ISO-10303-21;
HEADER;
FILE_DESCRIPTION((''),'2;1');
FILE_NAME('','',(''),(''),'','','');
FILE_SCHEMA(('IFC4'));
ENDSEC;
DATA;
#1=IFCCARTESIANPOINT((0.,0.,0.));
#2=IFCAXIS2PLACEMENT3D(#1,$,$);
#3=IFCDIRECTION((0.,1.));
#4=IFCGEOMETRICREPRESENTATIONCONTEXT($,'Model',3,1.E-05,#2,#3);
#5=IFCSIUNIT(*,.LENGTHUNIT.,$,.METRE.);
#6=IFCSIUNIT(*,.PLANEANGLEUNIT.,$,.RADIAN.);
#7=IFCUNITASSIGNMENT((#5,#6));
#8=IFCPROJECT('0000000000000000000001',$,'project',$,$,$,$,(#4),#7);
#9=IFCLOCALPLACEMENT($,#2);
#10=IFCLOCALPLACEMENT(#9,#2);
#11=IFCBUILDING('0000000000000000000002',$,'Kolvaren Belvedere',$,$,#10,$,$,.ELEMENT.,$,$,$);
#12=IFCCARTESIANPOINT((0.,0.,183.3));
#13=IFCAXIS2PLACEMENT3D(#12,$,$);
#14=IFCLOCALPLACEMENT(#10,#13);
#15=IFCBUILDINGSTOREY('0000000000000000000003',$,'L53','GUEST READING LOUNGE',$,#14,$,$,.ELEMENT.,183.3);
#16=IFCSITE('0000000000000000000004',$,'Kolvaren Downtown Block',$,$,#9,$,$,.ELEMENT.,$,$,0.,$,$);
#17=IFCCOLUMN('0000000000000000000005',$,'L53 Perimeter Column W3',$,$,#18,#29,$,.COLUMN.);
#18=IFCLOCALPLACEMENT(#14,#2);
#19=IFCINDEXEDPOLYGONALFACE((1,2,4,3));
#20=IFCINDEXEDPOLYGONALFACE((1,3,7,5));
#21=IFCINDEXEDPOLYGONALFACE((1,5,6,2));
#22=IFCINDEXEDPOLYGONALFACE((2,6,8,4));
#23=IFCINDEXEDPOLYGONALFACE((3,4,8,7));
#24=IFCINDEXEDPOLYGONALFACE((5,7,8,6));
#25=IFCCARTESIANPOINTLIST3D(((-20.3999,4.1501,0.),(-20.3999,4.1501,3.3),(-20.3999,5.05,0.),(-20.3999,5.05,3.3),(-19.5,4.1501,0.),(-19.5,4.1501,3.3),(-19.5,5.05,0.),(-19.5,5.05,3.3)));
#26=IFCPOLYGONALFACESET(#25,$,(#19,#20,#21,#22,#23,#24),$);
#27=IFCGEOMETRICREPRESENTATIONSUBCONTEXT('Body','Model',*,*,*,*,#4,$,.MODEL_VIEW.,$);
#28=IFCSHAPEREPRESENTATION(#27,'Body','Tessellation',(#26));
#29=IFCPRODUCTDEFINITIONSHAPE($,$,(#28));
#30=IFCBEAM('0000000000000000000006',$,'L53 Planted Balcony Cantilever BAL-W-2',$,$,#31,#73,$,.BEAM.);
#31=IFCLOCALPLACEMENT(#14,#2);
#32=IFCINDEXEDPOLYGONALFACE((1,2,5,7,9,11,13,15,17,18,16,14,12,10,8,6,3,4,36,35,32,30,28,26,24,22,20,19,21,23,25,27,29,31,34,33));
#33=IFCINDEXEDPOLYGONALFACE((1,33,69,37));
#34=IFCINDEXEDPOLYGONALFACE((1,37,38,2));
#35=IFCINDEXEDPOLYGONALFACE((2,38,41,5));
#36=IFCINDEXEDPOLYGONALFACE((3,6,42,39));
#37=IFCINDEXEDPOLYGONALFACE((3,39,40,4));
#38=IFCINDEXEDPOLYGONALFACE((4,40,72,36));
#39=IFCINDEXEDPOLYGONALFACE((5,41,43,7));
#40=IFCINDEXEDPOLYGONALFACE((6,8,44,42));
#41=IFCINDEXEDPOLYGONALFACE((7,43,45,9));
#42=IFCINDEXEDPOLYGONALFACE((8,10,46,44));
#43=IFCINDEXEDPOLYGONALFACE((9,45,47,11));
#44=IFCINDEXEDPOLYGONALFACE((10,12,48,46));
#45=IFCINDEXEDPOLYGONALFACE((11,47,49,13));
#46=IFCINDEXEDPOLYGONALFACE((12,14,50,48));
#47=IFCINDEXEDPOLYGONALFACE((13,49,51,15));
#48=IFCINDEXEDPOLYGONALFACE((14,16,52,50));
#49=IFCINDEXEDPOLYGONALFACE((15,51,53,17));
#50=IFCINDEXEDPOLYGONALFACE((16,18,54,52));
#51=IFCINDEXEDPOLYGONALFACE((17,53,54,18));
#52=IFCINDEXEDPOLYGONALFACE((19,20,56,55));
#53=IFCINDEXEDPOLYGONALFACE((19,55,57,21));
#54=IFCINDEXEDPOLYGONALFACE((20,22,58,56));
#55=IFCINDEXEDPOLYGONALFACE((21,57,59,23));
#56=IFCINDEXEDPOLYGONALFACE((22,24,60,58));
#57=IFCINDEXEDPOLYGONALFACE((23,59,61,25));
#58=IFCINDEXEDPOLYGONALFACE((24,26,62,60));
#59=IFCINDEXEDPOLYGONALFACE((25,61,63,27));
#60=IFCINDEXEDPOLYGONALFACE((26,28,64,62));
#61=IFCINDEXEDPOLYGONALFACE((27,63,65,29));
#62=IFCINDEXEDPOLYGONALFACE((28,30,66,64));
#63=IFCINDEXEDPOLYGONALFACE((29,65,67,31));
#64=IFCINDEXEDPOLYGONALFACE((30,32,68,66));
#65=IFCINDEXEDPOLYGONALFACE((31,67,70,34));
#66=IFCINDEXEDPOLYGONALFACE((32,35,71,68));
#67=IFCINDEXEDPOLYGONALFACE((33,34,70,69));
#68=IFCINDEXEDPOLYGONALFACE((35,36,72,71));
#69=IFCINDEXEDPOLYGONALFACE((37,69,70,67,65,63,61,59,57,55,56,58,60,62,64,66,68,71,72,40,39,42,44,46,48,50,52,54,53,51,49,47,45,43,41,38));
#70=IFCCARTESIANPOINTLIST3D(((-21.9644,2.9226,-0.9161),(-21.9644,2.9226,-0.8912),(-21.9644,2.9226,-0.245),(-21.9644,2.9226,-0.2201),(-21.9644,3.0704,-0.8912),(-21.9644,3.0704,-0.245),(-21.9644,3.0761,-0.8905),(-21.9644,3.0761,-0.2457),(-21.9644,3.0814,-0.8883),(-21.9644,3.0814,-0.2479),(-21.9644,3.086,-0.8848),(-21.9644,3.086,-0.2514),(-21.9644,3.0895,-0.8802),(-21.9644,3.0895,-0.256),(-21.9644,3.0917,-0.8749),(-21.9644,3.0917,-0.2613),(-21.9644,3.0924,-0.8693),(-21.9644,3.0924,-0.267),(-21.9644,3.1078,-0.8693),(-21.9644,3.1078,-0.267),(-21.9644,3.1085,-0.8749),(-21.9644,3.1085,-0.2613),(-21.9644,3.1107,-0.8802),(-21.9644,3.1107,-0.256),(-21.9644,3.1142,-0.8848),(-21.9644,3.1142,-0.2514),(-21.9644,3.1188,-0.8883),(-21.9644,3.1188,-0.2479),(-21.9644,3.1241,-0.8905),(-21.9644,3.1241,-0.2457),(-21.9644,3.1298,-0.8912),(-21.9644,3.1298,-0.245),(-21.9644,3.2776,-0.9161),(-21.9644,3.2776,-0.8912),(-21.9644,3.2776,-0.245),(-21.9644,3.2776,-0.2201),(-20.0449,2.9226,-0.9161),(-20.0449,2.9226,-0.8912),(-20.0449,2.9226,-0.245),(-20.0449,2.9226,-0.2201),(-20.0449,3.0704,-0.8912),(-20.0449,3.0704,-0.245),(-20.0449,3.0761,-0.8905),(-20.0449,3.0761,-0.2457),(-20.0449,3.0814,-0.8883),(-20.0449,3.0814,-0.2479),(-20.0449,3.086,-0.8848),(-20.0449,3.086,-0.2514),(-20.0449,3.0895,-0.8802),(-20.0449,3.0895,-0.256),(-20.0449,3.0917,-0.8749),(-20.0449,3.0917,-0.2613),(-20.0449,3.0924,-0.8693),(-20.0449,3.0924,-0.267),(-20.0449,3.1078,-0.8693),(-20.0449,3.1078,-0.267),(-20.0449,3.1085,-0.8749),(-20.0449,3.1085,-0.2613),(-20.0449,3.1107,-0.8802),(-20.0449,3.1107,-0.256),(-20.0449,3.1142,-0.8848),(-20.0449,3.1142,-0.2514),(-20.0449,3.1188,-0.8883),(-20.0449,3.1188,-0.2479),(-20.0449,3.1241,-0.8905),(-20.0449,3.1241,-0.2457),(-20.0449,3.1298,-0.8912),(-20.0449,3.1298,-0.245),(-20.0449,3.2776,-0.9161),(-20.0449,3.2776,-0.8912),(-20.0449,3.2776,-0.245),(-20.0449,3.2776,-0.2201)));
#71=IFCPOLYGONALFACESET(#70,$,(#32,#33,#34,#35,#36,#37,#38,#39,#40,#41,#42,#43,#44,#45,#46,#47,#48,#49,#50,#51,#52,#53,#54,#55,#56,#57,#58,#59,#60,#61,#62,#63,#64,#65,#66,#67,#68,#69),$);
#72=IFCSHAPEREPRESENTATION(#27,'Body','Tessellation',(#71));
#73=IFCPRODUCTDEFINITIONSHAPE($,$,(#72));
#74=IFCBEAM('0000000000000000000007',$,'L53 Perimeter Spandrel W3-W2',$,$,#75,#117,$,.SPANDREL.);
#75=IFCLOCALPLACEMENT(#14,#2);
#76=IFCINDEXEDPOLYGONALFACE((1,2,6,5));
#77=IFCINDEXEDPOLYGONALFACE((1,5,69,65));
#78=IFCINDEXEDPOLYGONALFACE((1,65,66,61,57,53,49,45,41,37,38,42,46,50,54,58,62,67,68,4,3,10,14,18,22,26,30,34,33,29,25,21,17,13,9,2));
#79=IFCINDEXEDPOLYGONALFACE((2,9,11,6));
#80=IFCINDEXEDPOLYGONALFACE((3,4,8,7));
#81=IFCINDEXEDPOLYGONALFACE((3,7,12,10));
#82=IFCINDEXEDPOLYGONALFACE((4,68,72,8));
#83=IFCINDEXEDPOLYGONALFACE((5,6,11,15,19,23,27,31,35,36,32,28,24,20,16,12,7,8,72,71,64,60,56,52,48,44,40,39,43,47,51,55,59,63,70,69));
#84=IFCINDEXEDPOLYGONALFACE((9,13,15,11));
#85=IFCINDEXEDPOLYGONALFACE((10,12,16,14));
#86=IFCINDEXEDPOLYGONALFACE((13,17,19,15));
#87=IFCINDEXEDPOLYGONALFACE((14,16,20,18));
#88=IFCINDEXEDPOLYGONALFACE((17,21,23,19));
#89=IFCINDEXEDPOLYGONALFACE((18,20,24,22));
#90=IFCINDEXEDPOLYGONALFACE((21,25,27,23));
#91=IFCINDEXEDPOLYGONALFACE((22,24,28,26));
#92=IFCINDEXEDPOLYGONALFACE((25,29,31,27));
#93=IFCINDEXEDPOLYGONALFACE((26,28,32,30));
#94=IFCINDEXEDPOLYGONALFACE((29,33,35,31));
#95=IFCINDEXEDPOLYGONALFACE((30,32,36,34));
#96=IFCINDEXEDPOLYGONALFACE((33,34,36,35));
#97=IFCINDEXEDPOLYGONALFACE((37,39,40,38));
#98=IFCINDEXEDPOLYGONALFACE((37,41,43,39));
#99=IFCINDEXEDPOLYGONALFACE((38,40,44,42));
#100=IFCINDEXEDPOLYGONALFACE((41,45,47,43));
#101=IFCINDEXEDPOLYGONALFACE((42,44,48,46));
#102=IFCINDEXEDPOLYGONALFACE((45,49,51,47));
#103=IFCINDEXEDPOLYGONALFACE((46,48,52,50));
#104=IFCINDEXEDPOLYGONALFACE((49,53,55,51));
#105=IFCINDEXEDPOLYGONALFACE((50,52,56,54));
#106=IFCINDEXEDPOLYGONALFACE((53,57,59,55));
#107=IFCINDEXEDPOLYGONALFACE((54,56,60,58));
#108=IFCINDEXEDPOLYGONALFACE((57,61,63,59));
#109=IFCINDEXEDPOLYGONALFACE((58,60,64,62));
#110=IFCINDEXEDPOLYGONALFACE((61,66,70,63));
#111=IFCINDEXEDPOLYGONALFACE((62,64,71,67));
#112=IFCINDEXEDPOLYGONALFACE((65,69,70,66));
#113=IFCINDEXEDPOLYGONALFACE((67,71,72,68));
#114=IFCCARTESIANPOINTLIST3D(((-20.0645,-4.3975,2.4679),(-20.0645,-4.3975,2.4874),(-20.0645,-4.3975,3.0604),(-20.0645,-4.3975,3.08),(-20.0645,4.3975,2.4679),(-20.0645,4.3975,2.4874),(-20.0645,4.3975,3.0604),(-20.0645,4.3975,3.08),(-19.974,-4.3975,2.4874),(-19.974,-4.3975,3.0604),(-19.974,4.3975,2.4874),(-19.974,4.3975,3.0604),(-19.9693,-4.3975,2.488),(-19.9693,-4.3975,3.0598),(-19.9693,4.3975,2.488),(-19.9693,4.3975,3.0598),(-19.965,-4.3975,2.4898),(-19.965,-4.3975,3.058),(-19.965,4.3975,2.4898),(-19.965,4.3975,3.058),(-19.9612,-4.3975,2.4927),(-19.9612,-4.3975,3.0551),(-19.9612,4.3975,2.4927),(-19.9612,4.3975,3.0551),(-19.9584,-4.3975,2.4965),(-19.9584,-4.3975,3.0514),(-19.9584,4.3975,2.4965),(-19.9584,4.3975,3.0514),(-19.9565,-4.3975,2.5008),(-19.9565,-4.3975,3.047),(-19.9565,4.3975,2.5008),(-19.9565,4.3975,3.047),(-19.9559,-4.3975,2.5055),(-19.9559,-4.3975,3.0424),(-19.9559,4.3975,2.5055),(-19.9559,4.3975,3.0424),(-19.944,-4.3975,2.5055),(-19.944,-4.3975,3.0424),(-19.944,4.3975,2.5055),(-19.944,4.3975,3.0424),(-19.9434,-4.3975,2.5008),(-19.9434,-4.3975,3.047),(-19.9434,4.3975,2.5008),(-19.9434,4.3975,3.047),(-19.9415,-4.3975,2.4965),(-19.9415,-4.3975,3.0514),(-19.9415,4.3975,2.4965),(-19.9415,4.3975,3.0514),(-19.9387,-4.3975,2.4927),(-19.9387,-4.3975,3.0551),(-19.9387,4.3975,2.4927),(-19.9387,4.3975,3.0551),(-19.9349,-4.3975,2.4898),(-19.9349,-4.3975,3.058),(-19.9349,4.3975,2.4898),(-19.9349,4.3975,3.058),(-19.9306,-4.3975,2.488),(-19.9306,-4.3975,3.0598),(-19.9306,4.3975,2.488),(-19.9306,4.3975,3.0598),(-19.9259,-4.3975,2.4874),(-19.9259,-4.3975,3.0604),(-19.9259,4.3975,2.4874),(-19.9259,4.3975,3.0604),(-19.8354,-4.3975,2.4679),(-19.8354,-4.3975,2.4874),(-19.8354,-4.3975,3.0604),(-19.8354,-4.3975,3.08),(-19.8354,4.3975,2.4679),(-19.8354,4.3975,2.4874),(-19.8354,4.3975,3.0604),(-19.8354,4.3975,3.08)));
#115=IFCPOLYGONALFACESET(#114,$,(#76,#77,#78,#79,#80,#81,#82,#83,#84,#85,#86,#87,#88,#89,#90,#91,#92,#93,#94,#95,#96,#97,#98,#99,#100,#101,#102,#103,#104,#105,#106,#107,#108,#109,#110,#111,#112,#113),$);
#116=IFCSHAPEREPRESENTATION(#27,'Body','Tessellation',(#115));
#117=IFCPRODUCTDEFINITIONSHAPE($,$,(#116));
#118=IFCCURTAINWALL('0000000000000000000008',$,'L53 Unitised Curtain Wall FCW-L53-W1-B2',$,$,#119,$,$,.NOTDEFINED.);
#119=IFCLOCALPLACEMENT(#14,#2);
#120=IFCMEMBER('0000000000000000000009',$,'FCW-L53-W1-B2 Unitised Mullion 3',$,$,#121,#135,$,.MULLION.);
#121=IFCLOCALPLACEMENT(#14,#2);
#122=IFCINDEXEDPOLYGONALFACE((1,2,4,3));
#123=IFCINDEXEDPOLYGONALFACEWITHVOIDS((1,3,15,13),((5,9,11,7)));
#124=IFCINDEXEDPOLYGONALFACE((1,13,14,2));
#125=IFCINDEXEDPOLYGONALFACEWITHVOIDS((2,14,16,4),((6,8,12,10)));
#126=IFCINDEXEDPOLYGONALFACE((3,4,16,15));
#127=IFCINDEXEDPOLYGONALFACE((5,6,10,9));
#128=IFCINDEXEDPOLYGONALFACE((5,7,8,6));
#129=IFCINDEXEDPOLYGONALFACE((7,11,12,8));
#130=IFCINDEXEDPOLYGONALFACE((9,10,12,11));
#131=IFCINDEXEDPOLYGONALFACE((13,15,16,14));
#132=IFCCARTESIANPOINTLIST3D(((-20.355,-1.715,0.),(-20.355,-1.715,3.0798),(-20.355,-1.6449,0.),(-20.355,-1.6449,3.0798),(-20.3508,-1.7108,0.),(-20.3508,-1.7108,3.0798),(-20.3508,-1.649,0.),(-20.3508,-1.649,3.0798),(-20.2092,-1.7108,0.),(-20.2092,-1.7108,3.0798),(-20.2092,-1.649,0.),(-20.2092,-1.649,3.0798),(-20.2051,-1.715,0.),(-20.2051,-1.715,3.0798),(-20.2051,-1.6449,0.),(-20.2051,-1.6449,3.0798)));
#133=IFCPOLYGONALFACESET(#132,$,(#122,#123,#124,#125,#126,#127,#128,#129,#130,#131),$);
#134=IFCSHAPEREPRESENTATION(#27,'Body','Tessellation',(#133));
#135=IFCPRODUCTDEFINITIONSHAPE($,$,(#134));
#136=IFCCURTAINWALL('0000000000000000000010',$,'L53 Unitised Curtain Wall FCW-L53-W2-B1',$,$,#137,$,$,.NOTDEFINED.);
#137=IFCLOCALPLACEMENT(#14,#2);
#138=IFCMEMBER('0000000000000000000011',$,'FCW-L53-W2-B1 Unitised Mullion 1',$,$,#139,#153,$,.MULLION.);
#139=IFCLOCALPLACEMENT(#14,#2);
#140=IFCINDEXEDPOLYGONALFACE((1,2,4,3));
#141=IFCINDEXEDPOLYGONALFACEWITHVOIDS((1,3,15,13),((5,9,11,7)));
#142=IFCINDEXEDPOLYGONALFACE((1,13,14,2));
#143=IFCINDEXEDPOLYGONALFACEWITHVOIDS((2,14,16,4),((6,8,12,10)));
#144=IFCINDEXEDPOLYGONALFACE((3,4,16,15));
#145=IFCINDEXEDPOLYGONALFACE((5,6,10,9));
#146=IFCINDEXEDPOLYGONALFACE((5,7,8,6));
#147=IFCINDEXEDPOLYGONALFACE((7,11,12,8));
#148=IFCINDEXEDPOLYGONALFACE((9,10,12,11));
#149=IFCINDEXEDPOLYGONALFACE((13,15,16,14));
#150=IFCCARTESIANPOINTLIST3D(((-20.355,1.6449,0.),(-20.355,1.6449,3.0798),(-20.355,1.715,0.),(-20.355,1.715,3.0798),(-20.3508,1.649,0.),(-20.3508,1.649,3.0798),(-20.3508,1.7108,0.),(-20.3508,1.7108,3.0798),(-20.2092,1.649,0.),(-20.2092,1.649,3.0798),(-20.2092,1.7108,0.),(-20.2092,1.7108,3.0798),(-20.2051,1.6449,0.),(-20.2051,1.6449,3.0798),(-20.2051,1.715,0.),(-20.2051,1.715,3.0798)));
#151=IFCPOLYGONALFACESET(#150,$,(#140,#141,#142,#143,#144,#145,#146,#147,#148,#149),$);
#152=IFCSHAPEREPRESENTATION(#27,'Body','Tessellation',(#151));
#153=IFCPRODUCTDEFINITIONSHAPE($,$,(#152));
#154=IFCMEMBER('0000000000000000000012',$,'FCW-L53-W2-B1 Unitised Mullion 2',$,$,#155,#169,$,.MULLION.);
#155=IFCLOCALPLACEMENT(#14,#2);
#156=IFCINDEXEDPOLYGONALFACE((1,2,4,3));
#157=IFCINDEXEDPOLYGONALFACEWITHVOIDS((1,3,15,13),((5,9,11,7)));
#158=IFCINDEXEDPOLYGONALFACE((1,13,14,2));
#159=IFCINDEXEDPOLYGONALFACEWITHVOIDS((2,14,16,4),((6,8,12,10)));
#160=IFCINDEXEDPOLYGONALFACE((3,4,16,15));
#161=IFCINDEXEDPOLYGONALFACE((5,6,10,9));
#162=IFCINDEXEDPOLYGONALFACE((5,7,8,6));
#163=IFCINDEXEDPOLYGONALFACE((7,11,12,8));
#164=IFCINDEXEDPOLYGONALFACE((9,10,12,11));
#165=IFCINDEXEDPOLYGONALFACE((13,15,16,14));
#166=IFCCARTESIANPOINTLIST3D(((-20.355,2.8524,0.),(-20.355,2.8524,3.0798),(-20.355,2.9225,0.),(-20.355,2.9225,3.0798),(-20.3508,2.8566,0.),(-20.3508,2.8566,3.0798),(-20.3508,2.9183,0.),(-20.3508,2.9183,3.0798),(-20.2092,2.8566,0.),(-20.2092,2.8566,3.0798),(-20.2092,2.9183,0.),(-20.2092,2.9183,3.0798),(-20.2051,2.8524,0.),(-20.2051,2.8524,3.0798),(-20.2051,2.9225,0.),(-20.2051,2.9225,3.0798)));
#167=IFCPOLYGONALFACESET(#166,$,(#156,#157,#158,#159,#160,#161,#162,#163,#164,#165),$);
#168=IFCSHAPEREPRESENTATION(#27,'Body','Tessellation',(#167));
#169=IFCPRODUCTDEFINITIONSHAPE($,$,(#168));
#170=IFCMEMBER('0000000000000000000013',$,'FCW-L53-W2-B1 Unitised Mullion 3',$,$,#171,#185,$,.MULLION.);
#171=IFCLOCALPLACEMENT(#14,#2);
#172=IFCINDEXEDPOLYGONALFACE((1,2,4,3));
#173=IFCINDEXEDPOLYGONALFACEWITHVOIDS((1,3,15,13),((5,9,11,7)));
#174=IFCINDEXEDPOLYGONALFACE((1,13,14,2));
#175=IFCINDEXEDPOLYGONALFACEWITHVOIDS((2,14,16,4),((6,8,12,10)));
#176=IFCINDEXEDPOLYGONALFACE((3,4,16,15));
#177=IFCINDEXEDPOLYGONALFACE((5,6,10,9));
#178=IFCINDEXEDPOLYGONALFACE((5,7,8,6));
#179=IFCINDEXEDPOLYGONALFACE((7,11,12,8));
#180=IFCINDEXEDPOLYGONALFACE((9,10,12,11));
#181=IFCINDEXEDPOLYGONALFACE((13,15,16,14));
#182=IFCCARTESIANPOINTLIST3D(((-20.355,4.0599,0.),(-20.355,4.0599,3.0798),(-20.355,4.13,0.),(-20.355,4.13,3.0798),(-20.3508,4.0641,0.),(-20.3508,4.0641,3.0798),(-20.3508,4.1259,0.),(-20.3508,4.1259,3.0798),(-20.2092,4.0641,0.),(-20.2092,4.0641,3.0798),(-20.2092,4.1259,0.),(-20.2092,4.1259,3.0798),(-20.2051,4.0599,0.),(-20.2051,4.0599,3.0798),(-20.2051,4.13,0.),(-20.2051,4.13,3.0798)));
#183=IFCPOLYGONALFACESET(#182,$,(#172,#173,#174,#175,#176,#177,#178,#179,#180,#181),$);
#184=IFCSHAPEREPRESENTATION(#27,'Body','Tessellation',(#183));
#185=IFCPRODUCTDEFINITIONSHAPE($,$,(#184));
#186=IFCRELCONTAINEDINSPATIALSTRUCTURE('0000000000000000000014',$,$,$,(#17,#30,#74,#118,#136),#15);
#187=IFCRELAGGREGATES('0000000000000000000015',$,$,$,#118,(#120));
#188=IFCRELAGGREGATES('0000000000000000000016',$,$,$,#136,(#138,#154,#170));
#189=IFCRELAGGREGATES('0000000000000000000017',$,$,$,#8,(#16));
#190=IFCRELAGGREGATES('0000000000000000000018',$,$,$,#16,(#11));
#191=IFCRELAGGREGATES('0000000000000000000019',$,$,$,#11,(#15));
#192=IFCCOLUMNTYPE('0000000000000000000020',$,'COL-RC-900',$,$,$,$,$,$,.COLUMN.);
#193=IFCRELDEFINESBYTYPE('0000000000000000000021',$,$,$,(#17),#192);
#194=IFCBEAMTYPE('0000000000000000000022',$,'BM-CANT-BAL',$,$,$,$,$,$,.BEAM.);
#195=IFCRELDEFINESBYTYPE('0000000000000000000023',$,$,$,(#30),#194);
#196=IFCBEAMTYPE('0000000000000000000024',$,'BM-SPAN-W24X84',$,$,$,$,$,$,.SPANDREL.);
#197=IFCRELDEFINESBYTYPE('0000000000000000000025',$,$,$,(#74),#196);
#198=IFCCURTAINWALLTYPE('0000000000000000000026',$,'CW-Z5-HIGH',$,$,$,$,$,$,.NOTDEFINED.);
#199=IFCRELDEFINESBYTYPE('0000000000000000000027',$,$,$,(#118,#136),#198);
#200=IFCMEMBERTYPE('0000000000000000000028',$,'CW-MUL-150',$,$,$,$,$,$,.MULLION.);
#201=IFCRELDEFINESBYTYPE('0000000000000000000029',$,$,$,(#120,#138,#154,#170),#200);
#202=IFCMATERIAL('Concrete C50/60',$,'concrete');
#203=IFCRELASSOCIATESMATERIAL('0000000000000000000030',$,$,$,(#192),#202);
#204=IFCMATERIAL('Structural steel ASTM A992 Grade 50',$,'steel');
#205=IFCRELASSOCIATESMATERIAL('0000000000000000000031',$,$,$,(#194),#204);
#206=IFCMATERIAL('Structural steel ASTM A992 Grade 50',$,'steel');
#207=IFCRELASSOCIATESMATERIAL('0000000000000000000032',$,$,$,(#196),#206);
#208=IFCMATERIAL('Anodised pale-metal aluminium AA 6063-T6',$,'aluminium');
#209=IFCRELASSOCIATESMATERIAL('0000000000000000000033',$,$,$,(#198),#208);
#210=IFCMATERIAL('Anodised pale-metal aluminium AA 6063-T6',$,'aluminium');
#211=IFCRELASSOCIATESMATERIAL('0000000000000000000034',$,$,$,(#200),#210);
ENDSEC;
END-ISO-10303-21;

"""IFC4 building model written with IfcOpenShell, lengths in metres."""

from ifc_helpers import new_model, si_unit, direction, frame, origin, origin_2d, place, context, subcontext, project, spatial, rectangle, hollow_rectangle, i_section, extrude, material, material_profile, profile_set, type_object, element, aggregate, save


model = new_model("IFC4")

# Units and contexts
model_context = context("Model", 3, precision=1e-05, world=origin(), true_north=direction((0.0, 1.0)))
body_context = subcontext(model_context, "Body", "Model", "MODEL_VIEW")
ifc_project = project(units=[si_unit("LENGTHUNIT", "METRE"), si_unit("PLANEANGLEUNIT", "RADIAN")], contexts=[model_context])

# Site, building, storey
site_placement = place(None, origin())
site = spatial("IfcSite", under=ifc_project, at=site_placement, Name="Kolvaren Downtown Block", CompositionType="ELEMENT", RefElevation=0.0)
building_placement = place(site_placement, origin())
building = spatial("IfcBuilding", under=site, at=building_placement, Name="Kolvaren Belvedere", CompositionType="ELEMENT")
storey_placement = place(building_placement, frame((0.0, 0.0, 183.3)))
storey = spatial("IfcBuildingStorey", under=building, at=storey_placement, Name="L53", Description="GUEST READING LOUNGE", CompositionType="ELEMENT", Elevation=183.3)

# Column
ifc_material_1 = material(Name="Concrete C50/60", Category="concrete")
ifc_material_profile_1 = material_profile(ifc_material_1, rectangle(XDim=0.8999, YDim=0.8999, at=origin_2d()), Name="RC 900X900")
ifc_profile_set_1 = profile_set([ifc_material_profile_1], Name="Concrete C50/60")
column_type = type_object("IfcColumnType", Name="COL-RC-900", PredefinedType="COLUMN", material=ifc_profile_set_1)
column_placement = place(storey_placement, frame((-19.95, 4.6001, 0.0), z_axis=(0.0, 0.0, 1.0), x_axis=(1.0, 0.0, 0.0)))
element("IfcColumn", 1, at=column_placement, inside=storey, type_object=column_type, Name="L53 Perimeter Column W3", PredefinedType="COLUMN", context=body_context, shape_type="SweptSolid", body=[
    extrude(rectangle(XDim=0.8999, YDim=0.8999, at=origin_2d()), origin(), (0.0, 0.0, 1.0), 3.3),
])

# Beams
ifc_material_2 = material(Name="Structural steel ASTM A992 Grade 50", Category="steel")
ifc_material_profile_2 = material_profile(ifc_material_2, i_section(OverallWidth=0.355, OverallDepth=0.696, WebThickness=0.0154, FlangeThickness=0.0249, FilletRadius=0.022, at=origin_2d()), Name="W27X146")
ifc_profile_set_2 = profile_set([ifc_material_profile_2], Name="Structural steel ASTM A992 Grade 50")
beam_type_1 = type_object("IfcBeamType", Name="BM-CANT-BAL", PredefinedType="BEAM", material=ifc_profile_set_2)
beam_1_placement = place(storey_placement, frame((-20.0449, 3.1001, -0.5681), z_axis=(-1.0, 0.0, 0.0), x_axis=(0.0, -1.0, 0.0)))
element("IfcBeam", 2, at=beam_1_placement, inside=storey, type_object=beam_type_1, Name="L53 Planted Balcony Cantilever BAL-W-2", PredefinedType="BEAM", context=body_context, shape_type="SweptSolid", body=[
    extrude(i_section(OverallWidth=0.355, OverallDepth=0.696, WebThickness=0.0154, FlangeThickness=0.0249, FilletRadius=0.022, at=origin_2d()), origin(), (0.0, 0.0, 1.0), 1.9194),
])
ifc_material_3 = material(Name="Structural steel ASTM A992 Grade 50", Category="steel")
ifc_material_profile_3 = material_profile(ifc_material_3, i_section(OverallWidth=0.229, OverallDepth=0.6121, WebThickness=0.012, FlangeThickness=0.0195, FilletRadius=0.0181, at=origin_2d()), Name="W24X84")
ifc_profile_set_3 = profile_set([ifc_material_profile_3], Name="Structural steel ASTM A992 Grade 50")
beam_type_2 = type_object("IfcBeamType", Name="BM-SPAN-W24X84", PredefinedType="SPANDREL", material=ifc_profile_set_3)
beam_2_placement = place(storey_placement, frame((-19.95, 4.3975, 2.7739), z_axis=(0.0, -1.0, 0.0), x_axis=(1.0, 0.0, 0.0)))
element("IfcBeam", 3, at=beam_2_placement, inside=storey, type_object=beam_type_2, Name="L53 Perimeter Spandrel W3-W2", PredefinedType="SPANDREL", context=body_context, shape_type="SweptSolid", body=[
    extrude(i_section(OverallWidth=0.229, OverallDepth=0.6121, WebThickness=0.012, FlangeThickness=0.0195, FilletRadius=0.0181, at=origin_2d()), origin(), (0.0, 0.0, 1.0), 8.7949),
])

# Curtain wall, member
ifc_material_4 = material(Name="Anodised pale-metal aluminium AA 6063-T6", Category="aluminium")
curtain_wall_type = type_object("IfcCurtainWallType", Name="CW-Z5-HIGH", PredefinedType="NOTDEFINED", material=ifc_material_4)
curtain_wall_1_placement = place(storey_placement, origin())
curtain_wall_1 = element("IfcCurtainWall", 4, at=curtain_wall_1_placement, inside=storey, type_object=curtain_wall_type, Name="L53 Unitised Curtain Wall FCW-L53-W1-B2", PredefinedType="NOTDEFINED")
ifc_material_5 = material(Name="Anodised pale-metal aluminium AA 6063-T6", Category="aluminium")
ifc_material_profile_4 = material_profile(ifc_material_5, hollow_rectangle(XDim=0.0701, YDim=0.1499, WallThickness=0.0042, at=origin_2d()), Name="ALU-MUL-150X70")
ifc_profile_set_4 = profile_set([ifc_material_profile_4], Name="Anodised pale-metal aluminium AA 6063-T6")
member_type_1 = type_object("IfcMemberType", Name="CW-MUL-150", PredefinedType="MULLION", material=ifc_profile_set_4)
member_1_placement = place(storey_placement, frame((-20.28, -1.6799, 0.0), z_axis=(0.0, 0.0, 1.0), x_axis=(0.0, 1.0, 0.0)))
member_1 = element("IfcMember", 5, at=member_1_placement, type_object=member_type_1, Name="FCW-L53-W1-B2 Unitised Mullion 3", PredefinedType="MULLION", context=body_context, shape_type="SweptSolid", body=[
    extrude(hollow_rectangle(XDim=0.0701, YDim=0.1499, WallThickness=0.0042, at=origin_2d()), origin(), (0.0, 0.0, 1.0), 3.0798),
])
aggregate(curtain_wall_1, [member_1])

# Curtain wall, members
curtain_wall_2_placement = place(storey_placement, origin())
curtain_wall_2 = element("IfcCurtainWall", 6, at=curtain_wall_2_placement, inside=storey, type_object=curtain_wall_type, Name="L53 Unitised Curtain Wall FCW-L53-W2-B1", PredefinedType="NOTDEFINED")
member_2_placement = place(storey_placement, frame((-20.28, 1.6799, 0.0), z_axis=(0.0, 0.0, 1.0), x_axis=(0.0, 1.0, 0.0)))
member_2 = element("IfcMember", 7, at=member_2_placement, type_object=member_type_1, Name="FCW-L53-W2-B1 Unitised Mullion 1", PredefinedType="MULLION", context=body_context, shape_type="SweptSolid", body=[
    extrude(hollow_rectangle(XDim=0.0701, YDim=0.1499, WallThickness=0.0042, at=origin_2d()), origin(), (0.0, 0.0, 1.0), 3.0798),
])
member_3_placement = place(storey_placement, frame((-20.28, 2.8875, 0.0), z_axis=(0.0, 0.0, 1.0), x_axis=(0.0, 1.0, 0.0)))
member_3 = element("IfcMember", 8, at=member_3_placement, type_object=member_type_1, Name="FCW-L53-W2-B1 Unitised Mullion 2", PredefinedType="MULLION", context=body_context, shape_type="SweptSolid", body=[
    extrude(hollow_rectangle(XDim=0.0701, YDim=0.1499, WallThickness=0.0042, at=origin_2d()), origin(), (0.0, 0.0, 1.0), 3.0798),
])
member_4_placement = place(storey_placement, frame((-20.28, 4.095, 0.0), z_axis=(0.0, 0.0, 1.0), x_axis=(0.0, 1.0, 0.0)))
member_4 = element("IfcMember", 9, at=member_4_placement, type_object=member_type_1, Name="FCW-L53-W2-B1 Unitised Mullion 3", PredefinedType="MULLION", context=body_context, shape_type="SweptSolid", body=[
    extrude(hollow_rectangle(XDim=0.0701, YDim=0.1499, WallThickness=0.0042, at=origin_2d()), origin(), (0.0, 0.0, 1.0), 3.0798),
])

aggregate(curtain_wall_2, [member_2, member_3, member_4])

save(model, "model.ifc")
